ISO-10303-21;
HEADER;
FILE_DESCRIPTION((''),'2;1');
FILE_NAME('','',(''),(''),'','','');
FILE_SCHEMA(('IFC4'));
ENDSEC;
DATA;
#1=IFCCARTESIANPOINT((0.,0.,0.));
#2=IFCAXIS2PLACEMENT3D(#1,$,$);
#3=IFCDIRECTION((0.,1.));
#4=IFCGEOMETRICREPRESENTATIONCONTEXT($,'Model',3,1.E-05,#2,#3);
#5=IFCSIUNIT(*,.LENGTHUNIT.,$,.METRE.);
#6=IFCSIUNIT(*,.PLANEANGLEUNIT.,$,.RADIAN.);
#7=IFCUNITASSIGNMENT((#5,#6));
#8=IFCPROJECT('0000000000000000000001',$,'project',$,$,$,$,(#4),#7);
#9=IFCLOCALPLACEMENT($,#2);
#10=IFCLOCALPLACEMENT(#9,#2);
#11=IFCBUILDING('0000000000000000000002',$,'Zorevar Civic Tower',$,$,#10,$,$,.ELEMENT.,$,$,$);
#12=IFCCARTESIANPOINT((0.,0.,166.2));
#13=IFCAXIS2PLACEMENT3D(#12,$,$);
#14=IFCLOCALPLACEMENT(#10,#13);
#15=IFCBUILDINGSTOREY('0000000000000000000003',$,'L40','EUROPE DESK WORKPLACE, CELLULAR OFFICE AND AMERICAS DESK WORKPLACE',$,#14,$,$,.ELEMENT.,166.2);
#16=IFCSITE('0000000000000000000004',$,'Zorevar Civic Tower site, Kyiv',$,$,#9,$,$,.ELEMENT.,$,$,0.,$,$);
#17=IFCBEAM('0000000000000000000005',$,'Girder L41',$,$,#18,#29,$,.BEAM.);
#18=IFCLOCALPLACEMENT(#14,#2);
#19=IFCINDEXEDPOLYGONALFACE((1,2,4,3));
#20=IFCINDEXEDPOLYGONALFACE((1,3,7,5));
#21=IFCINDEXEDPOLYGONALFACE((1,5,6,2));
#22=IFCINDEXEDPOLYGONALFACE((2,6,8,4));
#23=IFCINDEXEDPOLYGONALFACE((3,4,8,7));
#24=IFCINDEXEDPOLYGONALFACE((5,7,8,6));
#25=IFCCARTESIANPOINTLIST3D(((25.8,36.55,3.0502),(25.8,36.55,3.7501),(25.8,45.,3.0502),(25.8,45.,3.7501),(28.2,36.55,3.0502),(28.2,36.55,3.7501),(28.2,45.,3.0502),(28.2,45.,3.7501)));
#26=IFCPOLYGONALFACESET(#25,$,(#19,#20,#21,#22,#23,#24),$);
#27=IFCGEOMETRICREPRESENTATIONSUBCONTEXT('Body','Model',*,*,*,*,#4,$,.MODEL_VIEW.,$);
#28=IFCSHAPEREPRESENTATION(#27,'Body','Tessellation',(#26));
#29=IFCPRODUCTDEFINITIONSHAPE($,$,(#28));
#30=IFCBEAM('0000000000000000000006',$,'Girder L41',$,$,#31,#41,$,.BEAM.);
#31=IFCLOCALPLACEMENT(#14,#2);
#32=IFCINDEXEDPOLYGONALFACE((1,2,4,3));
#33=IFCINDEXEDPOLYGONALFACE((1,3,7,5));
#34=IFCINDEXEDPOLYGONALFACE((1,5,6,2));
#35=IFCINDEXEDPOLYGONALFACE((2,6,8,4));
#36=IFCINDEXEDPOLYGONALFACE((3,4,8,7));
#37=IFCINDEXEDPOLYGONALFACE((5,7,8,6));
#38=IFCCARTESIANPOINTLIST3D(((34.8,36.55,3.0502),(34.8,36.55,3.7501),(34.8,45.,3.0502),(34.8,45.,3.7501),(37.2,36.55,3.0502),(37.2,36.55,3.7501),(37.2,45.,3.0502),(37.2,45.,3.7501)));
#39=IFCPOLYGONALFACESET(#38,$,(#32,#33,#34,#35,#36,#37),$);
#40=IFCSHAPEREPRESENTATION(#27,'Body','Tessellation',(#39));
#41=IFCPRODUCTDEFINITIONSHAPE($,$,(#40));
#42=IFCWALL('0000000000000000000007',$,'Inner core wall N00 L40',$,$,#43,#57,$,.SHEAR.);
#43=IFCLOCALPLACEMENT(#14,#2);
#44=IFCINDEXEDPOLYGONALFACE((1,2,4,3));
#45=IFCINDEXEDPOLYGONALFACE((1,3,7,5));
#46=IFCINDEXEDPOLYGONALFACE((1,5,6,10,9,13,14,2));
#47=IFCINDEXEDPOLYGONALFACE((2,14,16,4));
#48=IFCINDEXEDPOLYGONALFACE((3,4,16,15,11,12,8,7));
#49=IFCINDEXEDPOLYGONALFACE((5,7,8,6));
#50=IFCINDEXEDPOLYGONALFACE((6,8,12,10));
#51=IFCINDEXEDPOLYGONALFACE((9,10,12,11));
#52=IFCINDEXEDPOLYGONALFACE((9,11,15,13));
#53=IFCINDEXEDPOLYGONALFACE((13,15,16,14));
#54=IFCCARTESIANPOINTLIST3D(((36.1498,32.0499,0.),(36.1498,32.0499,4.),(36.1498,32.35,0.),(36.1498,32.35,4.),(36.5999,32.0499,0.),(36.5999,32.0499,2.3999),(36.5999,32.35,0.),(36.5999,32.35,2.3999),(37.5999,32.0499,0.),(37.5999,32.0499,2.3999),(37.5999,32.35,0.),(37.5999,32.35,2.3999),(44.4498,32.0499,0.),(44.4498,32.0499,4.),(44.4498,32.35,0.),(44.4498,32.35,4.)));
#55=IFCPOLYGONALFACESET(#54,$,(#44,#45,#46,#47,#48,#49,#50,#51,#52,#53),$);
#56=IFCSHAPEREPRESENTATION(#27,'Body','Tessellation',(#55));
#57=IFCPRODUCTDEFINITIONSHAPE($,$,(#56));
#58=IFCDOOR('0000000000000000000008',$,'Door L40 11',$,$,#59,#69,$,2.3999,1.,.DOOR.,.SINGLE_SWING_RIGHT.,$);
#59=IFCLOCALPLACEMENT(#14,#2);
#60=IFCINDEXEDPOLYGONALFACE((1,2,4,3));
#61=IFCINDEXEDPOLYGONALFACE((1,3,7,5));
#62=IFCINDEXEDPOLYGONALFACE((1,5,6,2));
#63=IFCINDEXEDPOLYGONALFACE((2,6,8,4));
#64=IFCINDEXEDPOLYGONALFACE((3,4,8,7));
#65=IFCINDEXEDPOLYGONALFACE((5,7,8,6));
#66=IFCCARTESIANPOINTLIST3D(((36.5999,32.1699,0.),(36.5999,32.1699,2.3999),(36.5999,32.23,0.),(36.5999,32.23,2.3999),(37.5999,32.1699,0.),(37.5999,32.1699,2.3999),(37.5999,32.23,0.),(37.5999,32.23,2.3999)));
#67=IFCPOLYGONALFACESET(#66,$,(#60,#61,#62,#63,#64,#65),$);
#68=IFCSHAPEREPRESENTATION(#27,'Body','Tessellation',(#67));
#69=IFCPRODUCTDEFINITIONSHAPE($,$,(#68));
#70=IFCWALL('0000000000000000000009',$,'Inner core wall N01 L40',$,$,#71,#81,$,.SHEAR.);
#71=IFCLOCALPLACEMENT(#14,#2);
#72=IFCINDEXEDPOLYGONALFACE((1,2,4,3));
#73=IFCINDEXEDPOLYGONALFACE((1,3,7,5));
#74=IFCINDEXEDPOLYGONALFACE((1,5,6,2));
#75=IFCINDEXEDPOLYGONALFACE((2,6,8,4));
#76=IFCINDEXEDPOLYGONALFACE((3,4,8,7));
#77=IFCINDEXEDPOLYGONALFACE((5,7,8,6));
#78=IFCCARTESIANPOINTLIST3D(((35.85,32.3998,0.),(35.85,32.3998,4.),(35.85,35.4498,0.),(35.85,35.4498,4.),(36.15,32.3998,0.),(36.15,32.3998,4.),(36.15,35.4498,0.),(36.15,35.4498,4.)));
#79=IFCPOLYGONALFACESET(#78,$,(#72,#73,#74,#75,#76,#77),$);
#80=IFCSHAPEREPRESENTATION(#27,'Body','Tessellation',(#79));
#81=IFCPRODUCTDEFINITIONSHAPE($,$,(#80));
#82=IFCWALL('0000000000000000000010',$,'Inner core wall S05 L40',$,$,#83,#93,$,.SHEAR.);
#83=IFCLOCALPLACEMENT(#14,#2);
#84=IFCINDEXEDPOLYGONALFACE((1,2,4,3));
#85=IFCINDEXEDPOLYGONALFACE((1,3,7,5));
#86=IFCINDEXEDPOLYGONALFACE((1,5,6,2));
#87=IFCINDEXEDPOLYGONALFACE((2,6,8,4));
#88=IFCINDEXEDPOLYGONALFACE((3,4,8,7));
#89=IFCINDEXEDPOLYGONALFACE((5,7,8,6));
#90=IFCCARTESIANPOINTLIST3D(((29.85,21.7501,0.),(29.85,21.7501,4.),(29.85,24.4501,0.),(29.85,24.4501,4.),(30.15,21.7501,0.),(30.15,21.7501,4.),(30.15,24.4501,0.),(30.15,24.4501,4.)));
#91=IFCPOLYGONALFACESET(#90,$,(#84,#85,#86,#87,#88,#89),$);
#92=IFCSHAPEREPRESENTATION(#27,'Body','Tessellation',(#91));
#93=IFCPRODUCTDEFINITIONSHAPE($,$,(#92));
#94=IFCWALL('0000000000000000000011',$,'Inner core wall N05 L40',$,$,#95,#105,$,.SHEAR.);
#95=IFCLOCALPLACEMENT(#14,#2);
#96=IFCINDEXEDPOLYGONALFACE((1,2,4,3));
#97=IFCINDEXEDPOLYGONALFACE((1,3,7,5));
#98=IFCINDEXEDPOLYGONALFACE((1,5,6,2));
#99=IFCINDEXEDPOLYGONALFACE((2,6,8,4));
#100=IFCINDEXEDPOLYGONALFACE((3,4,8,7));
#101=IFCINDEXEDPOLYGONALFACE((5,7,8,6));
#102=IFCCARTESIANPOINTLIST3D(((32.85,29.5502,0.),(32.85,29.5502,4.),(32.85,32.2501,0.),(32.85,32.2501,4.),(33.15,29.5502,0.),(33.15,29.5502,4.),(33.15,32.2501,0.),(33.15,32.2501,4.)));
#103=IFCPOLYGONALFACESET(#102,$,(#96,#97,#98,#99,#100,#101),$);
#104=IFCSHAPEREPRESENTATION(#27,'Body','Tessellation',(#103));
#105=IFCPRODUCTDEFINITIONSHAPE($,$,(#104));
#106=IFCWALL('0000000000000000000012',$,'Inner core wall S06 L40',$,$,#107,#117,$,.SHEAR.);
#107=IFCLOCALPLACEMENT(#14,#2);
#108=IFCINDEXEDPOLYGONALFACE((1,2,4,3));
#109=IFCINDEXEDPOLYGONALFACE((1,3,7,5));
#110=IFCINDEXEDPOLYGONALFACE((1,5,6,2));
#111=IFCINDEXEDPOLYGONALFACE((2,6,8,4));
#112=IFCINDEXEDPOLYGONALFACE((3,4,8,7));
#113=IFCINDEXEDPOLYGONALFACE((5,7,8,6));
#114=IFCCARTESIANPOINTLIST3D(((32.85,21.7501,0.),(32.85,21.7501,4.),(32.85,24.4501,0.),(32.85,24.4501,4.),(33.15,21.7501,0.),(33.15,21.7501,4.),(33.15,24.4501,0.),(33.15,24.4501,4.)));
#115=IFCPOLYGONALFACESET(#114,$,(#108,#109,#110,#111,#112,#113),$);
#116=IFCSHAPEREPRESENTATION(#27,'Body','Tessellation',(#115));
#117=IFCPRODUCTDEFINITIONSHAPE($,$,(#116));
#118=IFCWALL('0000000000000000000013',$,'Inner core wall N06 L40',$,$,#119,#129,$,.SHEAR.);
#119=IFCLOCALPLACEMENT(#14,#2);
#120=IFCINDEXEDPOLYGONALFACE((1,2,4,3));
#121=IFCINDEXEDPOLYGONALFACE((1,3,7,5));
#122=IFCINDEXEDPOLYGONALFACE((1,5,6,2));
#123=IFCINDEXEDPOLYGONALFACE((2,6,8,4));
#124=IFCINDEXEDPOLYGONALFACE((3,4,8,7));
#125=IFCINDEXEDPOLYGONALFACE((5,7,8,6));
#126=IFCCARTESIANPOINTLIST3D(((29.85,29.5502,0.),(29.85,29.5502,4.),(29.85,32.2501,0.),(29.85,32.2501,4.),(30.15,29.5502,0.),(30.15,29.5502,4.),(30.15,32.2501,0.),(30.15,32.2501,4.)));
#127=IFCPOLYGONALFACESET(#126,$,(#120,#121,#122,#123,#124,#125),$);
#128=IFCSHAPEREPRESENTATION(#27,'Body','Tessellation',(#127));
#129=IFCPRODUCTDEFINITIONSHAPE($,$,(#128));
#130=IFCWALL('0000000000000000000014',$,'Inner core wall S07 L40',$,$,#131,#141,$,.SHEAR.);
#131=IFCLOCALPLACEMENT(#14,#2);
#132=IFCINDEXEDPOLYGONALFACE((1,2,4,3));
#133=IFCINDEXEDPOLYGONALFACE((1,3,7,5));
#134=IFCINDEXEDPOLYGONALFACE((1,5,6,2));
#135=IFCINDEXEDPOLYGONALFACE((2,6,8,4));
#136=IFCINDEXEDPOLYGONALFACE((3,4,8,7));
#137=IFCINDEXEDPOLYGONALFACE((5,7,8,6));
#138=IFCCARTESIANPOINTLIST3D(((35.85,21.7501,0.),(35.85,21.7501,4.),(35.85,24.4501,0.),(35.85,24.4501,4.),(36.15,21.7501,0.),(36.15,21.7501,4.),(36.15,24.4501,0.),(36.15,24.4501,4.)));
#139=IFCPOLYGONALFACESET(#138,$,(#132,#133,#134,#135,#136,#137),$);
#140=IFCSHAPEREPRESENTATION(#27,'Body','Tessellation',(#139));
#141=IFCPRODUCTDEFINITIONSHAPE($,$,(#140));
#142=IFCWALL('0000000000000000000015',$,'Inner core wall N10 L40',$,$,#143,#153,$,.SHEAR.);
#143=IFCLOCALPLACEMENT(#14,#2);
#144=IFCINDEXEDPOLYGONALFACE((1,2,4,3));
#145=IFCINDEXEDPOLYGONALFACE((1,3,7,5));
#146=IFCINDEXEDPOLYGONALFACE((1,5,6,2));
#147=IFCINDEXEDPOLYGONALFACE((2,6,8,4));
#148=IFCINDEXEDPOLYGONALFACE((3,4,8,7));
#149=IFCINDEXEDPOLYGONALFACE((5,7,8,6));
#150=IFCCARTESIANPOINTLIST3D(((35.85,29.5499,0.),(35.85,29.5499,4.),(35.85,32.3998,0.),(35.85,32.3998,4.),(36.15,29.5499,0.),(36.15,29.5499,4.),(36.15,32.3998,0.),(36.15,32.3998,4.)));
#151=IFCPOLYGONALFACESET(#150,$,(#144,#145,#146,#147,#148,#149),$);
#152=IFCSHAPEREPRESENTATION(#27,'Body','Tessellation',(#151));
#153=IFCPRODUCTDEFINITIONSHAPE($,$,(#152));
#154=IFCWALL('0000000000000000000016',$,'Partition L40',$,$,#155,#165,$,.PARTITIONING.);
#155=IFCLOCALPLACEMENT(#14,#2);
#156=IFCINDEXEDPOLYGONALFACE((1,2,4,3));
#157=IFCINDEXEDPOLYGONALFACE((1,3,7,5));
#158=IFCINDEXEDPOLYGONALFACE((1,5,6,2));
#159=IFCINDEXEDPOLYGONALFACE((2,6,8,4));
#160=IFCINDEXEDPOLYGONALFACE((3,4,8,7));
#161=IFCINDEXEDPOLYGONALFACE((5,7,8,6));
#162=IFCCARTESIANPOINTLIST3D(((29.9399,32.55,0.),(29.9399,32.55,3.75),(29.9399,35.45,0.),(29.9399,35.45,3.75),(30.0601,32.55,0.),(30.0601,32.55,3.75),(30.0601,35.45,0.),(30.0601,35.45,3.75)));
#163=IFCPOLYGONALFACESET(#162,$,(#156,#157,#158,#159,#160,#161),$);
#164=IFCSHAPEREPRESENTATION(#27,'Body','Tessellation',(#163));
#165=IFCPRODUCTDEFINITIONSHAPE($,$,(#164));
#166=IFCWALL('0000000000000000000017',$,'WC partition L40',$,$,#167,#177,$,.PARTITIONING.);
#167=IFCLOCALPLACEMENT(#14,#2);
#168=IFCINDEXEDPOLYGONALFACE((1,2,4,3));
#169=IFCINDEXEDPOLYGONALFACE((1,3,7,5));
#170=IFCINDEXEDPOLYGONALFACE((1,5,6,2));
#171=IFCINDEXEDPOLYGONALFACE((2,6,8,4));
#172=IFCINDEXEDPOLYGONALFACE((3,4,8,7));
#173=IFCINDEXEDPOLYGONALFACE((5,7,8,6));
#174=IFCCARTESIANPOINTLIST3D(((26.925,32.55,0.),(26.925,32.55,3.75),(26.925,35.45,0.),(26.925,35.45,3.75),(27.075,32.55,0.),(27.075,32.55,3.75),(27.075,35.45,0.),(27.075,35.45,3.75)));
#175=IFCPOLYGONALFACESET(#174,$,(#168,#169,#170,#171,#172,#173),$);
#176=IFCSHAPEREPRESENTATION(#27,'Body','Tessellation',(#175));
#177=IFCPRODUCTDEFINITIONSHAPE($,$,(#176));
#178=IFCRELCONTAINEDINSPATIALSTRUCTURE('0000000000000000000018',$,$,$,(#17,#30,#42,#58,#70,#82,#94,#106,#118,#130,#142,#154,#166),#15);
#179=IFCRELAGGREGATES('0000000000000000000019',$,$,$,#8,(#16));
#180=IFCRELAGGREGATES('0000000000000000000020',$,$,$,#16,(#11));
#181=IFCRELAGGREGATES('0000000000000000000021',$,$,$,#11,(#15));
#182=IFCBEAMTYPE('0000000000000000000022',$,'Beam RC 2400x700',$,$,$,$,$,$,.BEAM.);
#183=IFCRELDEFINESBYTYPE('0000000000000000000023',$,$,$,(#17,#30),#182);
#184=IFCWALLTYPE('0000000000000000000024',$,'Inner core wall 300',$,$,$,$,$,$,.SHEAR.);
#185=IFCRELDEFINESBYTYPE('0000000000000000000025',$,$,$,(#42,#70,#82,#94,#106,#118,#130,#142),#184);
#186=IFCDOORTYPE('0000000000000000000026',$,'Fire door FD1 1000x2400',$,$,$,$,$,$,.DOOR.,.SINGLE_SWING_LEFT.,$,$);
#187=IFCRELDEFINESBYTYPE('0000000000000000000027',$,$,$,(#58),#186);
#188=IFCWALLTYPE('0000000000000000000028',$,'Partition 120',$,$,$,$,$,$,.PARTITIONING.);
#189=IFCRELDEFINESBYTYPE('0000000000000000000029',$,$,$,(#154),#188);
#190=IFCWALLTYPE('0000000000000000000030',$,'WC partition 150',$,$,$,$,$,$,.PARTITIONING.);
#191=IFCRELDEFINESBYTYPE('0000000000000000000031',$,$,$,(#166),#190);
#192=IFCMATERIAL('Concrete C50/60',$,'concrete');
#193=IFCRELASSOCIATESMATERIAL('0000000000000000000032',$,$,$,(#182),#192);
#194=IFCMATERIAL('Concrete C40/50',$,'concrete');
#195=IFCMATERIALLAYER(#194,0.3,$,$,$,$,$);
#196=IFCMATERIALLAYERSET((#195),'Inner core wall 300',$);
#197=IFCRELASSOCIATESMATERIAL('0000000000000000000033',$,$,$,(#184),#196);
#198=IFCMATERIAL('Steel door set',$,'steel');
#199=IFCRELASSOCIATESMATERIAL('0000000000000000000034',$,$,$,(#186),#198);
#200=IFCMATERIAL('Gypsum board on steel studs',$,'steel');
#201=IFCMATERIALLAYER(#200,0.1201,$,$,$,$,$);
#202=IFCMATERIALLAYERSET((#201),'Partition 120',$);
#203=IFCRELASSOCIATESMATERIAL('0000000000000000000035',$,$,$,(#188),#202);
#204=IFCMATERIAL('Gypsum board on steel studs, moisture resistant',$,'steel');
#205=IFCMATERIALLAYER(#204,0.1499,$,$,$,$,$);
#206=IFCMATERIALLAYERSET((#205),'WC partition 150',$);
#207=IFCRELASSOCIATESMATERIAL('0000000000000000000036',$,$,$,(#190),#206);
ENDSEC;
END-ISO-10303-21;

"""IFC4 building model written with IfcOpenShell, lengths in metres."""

from ifc_helpers import new_model, si_unit, direction, frame, frame_2d, origin, origin_2d, place, context, subcontext, project, spatial, rectangle, extrude, material, layer, layer_set, material_profile, profile_set, type_object, element, fill, save


model = new_model("IFC4")

# Units and contexts
model_context = context("Model", 3, precision=1e-05, world=origin(), true_north=direction((0.0, 1.0)))
body_context = subcontext(model_context, "Body", "Model", "MODEL_VIEW")
ifc_project = project(units=[si_unit("LENGTHUNIT", "METRE"), si_unit("PLANEANGLEUNIT", "RADIAN")], contexts=[model_context])

# Site, building, storey
site_placement = place(None, origin())
site = spatial("IfcSite", under=ifc_project, at=site_placement, Name="Zorevar Civic Tower site, Kyiv", CompositionType="ELEMENT", RefElevation=0.0)
building_placement = place(site_placement, origin())
building = spatial("IfcBuilding", under=site, at=building_placement, Name="Zorevar Civic Tower", CompositionType="ELEMENT")
storey_placement = place(building_placement, frame((0.0, 0.0, 166.2)))
storey = spatial("IfcBuildingStorey", under=building, at=storey_placement, Name="L40", Description="EUROPE DESK WORKPLACE, CELLULAR OFFICE AND AMERICAS DESK WORKPLACE", CompositionType="ELEMENT", Elevation=166.2)

# Beams
ifc_material_1 = material(Name="Concrete C50/60", Category="concrete")
ifc_material_profile = material_profile(ifc_material_1, rectangle(XDim=2.3999, YDim=0.7, at=origin_2d()), Name="RC 2400x700")
ifc_profile_set = profile_set([ifc_material_profile], Name="Concrete C50/60")
beam_type = type_object("IfcBeamType", Name="Beam RC 2400x700", PredefinedType="BEAM", material=ifc_profile_set)
for number, where, z_axis, x_axis, name in (
    (1, (27.0, 36.55, 3.4001), (0.0, 1.0, 0.0), (-1.0, 0.0, 0.0), "Girder L41"),
    (2, (36.0, 36.55, 3.4001), (0.0, 1.0, 0.0), (-1.0, 0.0, 0.0), "Girder L41"),
):
    element("IfcBeam", number, at=place(storey_placement, frame(where, z_axis=z_axis, x_axis=x_axis)), inside=storey, type_object=beam_type, Name=name, PredefinedType="BEAM", context=body_context, shape_type="SweptSolid", body=[
        extrude(rectangle(XDim=2.3999, YDim=0.7, at=origin_2d()), origin(), (0.0, 0.0, 1.0), 8.45),
    ])

# Wall, opening, door
ifc_material_2 = material(Name="Concrete C40/50", Category="concrete")
ifc_layer_1 = layer(ifc_material_2, 0.3)
ifc_layer_set_1 = layer_set([ifc_layer_1], Name="Inner core wall 300")
wall_type_1 = type_object("IfcWallType", Name="Inner core wall 300", PredefinedType="SHEAR", material=ifc_layer_set_1)
wall_1_placement = place(storey_placement, frame((36.1499, 32.2, 0.0), z_axis=(0.0, 0.0, 1.0), x_axis=(1.0, 0.0, 0.0)))
wall_1 = element("IfcWall", 3, at=wall_1_placement, inside=storey, type_object=wall_type_1, Name="Inner core wall N00 L40", PredefinedType="SHEAR", context=body_context, shape_type="SweptSolid", body=[
    extrude(rectangle(XDim=8.3, YDim=0.3, at=frame_2d((4.1499, 0.0))), origin(), (0.0, 0.0, 1.0), 4.0),
])
opening_placement = place(wall_1_placement, frame((0.45, 0.0, 0.0)))
opening = element("IfcOpeningElement", 4, at=opening_placement, cuts=wall_1, PredefinedType="OPENING", context=body_context, shape_type="SweptSolid", body=[
    extrude(rectangle(XDim=1.0, YDim=2.3999, at=frame_2d((0.5, 1.2))), frame((0.0, 0.1599, 0.0), z_axis=(0.0, -1.0, 0.0), x_axis=(1.0, 0.0, 0.0)), (0.0, 0.0, 1.0), 0.3201),
])
ifc_material_3 = material(Name="Steel door set", Category="steel")
door_type = type_object("IfcDoorType", Name="Fire door FD1 1000x2400", OperationType="SINGLE_SWING_LEFT", PredefinedType="DOOR", material=ifc_material_3)
door_placement = place(opening_placement, origin())
door = element("IfcDoor", 5, at=door_placement, inside=storey, type_object=door_type, Name="Door L40 11", OperationType="SINGLE_SWING_RIGHT", OverallHeight=2.3999, OverallWidth=1.0, PredefinedType="DOOR", context=body_context, shape_type="SweptSolid", body=[
    extrude(rectangle(XDim=1.0, YDim=2.3999, at=frame_2d((0.5, 1.2))), frame((0.0, 0.03, 0.0), z_axis=(0.0, -1.0, 0.0), x_axis=(1.0, 0.0, 0.0)), (0.0, 0.0, 1.0), 0.0601),
])
fill(opening, door)

# Walls
wall_2_placement = place(storey_placement, frame((36.0, 32.3999, 0.0), z_axis=(0.0, 0.0, 1.0), x_axis=(0.0, 1.0, 0.0)))
element("IfcWall", 6, at=wall_2_placement, inside=storey, type_object=wall_type_1, Name="Inner core wall N01 L40", PredefinedType="SHEAR", context=body_context, shape_type="SweptSolid", body=[
    extrude(rectangle(XDim=3.05, YDim=0.3, at=frame_2d((1.5249, 0.0))), origin(), (0.0, 0.0, 1.0), 4.0),
])
for number, where, z_axis, x_axis, name in (
    (7, (30.0, 21.75, 0.0), (0.0, 0.0, 1.0), (0.0, 1.0, 0.0), "Inner core wall S05 L40"),
    (8, (33.0, 29.55, 0.0), (0.0, 0.0, 1.0), (0.0, 1.0, 0.0), "Inner core wall N05 L40"),
    (9, (33.0, 21.75, 0.0), (0.0, 0.0, 1.0), (0.0, 1.0, 0.0), "Inner core wall S06 L40"),
    (10, (30.0, 29.55, 0.0), (0.0, 0.0, 1.0), (0.0, 1.0, 0.0), "Inner core wall N06 L40"),
    (11, (36.0, 21.75, 0.0), (0.0, 0.0, 1.0), (0.0, 1.0, 0.0), "Inner core wall S07 L40"),
):
    element("IfcWall", number, at=place(storey_placement, frame(where, z_axis=z_axis, x_axis=x_axis)), inside=storey, type_object=wall_type_1, Name=name, PredefinedType="SHEAR", context=body_context, shape_type="SweptSolid", body=[
        extrude(rectangle(XDim=2.7, YDim=0.3, at=frame_2d((1.3501, 0.0))), origin(), (0.0, 0.0, 1.0), 4.0),
    ])
wall_3_placement = place(storey_placement, frame((36.0, 29.55, 0.0), z_axis=(0.0, 0.0, 1.0), x_axis=(0.0, 1.0, 0.0)))
element("IfcWall", 12, at=wall_3_placement, inside=storey, type_object=wall_type_1, Name="Inner core wall N10 L40", PredefinedType="SHEAR", context=body_context, shape_type="SweptSolid", body=[
    extrude(rectangle(XDim=2.8499, YDim=0.3, at=frame_2d((1.4248, 0.0))), origin(), (0.0, 0.0, 1.0), 4.0),
])
ifc_material_4 = material(Name="Gypsum board on steel studs", Category="steel")
ifc_layer_2 = layer(ifc_material_4, 0.1201)
ifc_layer_set_2 = layer_set([ifc_layer_2], Name="Partition 120")
wall_type_2 = type_object("IfcWallType", Name="Partition 120", PredefinedType="PARTITIONING", material=ifc_layer_set_2)
wall_4_placement = place(storey_placement, frame((30.0, 32.55, 0.0), z_axis=(0.0, 0.0, 1.0), x_axis=(0.0, 1.0, 0.0)))
element("IfcWall", 13, at=wall_4_placement, inside=storey, type_object=wall_type_2, Name="Partition L40", PredefinedType="PARTITIONING", context=body_context, shape_type="SweptSolid", body=[
    extrude(rectangle(XDim=2.8999, YDim=0.1201, at=frame_2d((1.45, 0.0))), origin(), (0.0, 0.0, 1.0), 3.75),
])
ifc_material_5 = material(Name="Gypsum board on steel studs, moisture resistant", Category="steel")
ifc_layer_3 = layer(ifc_material_5, 0.1499)
ifc_layer_set_3 = layer_set([ifc_layer_3], Name="WC partition 150")
wall_type_3 = type_object("IfcWallType", Name="WC partition 150", PredefinedType="PARTITIONING", material=ifc_layer_set_3)
wall_5_placement = place(storey_placement, frame((27.0, 32.55, 0.0), z_axis=(0.0, 0.0, 1.0), x_axis=(0.0, 1.0, 0.0)))
element("IfcWall", 14, at=wall_5_placement, inside=storey, type_object=wall_type_3, Name="WC partition L40", PredefinedType="PARTITIONING", context=body_context, shape_type="SweptSolid", body=[
    extrude(rectangle(XDim=2.8999, YDim=0.1499, at=frame_2d((1.45, 0.0))), origin(), (0.0, 0.0, 1.0), 3.75),
])

save(model, "model.ifc")
